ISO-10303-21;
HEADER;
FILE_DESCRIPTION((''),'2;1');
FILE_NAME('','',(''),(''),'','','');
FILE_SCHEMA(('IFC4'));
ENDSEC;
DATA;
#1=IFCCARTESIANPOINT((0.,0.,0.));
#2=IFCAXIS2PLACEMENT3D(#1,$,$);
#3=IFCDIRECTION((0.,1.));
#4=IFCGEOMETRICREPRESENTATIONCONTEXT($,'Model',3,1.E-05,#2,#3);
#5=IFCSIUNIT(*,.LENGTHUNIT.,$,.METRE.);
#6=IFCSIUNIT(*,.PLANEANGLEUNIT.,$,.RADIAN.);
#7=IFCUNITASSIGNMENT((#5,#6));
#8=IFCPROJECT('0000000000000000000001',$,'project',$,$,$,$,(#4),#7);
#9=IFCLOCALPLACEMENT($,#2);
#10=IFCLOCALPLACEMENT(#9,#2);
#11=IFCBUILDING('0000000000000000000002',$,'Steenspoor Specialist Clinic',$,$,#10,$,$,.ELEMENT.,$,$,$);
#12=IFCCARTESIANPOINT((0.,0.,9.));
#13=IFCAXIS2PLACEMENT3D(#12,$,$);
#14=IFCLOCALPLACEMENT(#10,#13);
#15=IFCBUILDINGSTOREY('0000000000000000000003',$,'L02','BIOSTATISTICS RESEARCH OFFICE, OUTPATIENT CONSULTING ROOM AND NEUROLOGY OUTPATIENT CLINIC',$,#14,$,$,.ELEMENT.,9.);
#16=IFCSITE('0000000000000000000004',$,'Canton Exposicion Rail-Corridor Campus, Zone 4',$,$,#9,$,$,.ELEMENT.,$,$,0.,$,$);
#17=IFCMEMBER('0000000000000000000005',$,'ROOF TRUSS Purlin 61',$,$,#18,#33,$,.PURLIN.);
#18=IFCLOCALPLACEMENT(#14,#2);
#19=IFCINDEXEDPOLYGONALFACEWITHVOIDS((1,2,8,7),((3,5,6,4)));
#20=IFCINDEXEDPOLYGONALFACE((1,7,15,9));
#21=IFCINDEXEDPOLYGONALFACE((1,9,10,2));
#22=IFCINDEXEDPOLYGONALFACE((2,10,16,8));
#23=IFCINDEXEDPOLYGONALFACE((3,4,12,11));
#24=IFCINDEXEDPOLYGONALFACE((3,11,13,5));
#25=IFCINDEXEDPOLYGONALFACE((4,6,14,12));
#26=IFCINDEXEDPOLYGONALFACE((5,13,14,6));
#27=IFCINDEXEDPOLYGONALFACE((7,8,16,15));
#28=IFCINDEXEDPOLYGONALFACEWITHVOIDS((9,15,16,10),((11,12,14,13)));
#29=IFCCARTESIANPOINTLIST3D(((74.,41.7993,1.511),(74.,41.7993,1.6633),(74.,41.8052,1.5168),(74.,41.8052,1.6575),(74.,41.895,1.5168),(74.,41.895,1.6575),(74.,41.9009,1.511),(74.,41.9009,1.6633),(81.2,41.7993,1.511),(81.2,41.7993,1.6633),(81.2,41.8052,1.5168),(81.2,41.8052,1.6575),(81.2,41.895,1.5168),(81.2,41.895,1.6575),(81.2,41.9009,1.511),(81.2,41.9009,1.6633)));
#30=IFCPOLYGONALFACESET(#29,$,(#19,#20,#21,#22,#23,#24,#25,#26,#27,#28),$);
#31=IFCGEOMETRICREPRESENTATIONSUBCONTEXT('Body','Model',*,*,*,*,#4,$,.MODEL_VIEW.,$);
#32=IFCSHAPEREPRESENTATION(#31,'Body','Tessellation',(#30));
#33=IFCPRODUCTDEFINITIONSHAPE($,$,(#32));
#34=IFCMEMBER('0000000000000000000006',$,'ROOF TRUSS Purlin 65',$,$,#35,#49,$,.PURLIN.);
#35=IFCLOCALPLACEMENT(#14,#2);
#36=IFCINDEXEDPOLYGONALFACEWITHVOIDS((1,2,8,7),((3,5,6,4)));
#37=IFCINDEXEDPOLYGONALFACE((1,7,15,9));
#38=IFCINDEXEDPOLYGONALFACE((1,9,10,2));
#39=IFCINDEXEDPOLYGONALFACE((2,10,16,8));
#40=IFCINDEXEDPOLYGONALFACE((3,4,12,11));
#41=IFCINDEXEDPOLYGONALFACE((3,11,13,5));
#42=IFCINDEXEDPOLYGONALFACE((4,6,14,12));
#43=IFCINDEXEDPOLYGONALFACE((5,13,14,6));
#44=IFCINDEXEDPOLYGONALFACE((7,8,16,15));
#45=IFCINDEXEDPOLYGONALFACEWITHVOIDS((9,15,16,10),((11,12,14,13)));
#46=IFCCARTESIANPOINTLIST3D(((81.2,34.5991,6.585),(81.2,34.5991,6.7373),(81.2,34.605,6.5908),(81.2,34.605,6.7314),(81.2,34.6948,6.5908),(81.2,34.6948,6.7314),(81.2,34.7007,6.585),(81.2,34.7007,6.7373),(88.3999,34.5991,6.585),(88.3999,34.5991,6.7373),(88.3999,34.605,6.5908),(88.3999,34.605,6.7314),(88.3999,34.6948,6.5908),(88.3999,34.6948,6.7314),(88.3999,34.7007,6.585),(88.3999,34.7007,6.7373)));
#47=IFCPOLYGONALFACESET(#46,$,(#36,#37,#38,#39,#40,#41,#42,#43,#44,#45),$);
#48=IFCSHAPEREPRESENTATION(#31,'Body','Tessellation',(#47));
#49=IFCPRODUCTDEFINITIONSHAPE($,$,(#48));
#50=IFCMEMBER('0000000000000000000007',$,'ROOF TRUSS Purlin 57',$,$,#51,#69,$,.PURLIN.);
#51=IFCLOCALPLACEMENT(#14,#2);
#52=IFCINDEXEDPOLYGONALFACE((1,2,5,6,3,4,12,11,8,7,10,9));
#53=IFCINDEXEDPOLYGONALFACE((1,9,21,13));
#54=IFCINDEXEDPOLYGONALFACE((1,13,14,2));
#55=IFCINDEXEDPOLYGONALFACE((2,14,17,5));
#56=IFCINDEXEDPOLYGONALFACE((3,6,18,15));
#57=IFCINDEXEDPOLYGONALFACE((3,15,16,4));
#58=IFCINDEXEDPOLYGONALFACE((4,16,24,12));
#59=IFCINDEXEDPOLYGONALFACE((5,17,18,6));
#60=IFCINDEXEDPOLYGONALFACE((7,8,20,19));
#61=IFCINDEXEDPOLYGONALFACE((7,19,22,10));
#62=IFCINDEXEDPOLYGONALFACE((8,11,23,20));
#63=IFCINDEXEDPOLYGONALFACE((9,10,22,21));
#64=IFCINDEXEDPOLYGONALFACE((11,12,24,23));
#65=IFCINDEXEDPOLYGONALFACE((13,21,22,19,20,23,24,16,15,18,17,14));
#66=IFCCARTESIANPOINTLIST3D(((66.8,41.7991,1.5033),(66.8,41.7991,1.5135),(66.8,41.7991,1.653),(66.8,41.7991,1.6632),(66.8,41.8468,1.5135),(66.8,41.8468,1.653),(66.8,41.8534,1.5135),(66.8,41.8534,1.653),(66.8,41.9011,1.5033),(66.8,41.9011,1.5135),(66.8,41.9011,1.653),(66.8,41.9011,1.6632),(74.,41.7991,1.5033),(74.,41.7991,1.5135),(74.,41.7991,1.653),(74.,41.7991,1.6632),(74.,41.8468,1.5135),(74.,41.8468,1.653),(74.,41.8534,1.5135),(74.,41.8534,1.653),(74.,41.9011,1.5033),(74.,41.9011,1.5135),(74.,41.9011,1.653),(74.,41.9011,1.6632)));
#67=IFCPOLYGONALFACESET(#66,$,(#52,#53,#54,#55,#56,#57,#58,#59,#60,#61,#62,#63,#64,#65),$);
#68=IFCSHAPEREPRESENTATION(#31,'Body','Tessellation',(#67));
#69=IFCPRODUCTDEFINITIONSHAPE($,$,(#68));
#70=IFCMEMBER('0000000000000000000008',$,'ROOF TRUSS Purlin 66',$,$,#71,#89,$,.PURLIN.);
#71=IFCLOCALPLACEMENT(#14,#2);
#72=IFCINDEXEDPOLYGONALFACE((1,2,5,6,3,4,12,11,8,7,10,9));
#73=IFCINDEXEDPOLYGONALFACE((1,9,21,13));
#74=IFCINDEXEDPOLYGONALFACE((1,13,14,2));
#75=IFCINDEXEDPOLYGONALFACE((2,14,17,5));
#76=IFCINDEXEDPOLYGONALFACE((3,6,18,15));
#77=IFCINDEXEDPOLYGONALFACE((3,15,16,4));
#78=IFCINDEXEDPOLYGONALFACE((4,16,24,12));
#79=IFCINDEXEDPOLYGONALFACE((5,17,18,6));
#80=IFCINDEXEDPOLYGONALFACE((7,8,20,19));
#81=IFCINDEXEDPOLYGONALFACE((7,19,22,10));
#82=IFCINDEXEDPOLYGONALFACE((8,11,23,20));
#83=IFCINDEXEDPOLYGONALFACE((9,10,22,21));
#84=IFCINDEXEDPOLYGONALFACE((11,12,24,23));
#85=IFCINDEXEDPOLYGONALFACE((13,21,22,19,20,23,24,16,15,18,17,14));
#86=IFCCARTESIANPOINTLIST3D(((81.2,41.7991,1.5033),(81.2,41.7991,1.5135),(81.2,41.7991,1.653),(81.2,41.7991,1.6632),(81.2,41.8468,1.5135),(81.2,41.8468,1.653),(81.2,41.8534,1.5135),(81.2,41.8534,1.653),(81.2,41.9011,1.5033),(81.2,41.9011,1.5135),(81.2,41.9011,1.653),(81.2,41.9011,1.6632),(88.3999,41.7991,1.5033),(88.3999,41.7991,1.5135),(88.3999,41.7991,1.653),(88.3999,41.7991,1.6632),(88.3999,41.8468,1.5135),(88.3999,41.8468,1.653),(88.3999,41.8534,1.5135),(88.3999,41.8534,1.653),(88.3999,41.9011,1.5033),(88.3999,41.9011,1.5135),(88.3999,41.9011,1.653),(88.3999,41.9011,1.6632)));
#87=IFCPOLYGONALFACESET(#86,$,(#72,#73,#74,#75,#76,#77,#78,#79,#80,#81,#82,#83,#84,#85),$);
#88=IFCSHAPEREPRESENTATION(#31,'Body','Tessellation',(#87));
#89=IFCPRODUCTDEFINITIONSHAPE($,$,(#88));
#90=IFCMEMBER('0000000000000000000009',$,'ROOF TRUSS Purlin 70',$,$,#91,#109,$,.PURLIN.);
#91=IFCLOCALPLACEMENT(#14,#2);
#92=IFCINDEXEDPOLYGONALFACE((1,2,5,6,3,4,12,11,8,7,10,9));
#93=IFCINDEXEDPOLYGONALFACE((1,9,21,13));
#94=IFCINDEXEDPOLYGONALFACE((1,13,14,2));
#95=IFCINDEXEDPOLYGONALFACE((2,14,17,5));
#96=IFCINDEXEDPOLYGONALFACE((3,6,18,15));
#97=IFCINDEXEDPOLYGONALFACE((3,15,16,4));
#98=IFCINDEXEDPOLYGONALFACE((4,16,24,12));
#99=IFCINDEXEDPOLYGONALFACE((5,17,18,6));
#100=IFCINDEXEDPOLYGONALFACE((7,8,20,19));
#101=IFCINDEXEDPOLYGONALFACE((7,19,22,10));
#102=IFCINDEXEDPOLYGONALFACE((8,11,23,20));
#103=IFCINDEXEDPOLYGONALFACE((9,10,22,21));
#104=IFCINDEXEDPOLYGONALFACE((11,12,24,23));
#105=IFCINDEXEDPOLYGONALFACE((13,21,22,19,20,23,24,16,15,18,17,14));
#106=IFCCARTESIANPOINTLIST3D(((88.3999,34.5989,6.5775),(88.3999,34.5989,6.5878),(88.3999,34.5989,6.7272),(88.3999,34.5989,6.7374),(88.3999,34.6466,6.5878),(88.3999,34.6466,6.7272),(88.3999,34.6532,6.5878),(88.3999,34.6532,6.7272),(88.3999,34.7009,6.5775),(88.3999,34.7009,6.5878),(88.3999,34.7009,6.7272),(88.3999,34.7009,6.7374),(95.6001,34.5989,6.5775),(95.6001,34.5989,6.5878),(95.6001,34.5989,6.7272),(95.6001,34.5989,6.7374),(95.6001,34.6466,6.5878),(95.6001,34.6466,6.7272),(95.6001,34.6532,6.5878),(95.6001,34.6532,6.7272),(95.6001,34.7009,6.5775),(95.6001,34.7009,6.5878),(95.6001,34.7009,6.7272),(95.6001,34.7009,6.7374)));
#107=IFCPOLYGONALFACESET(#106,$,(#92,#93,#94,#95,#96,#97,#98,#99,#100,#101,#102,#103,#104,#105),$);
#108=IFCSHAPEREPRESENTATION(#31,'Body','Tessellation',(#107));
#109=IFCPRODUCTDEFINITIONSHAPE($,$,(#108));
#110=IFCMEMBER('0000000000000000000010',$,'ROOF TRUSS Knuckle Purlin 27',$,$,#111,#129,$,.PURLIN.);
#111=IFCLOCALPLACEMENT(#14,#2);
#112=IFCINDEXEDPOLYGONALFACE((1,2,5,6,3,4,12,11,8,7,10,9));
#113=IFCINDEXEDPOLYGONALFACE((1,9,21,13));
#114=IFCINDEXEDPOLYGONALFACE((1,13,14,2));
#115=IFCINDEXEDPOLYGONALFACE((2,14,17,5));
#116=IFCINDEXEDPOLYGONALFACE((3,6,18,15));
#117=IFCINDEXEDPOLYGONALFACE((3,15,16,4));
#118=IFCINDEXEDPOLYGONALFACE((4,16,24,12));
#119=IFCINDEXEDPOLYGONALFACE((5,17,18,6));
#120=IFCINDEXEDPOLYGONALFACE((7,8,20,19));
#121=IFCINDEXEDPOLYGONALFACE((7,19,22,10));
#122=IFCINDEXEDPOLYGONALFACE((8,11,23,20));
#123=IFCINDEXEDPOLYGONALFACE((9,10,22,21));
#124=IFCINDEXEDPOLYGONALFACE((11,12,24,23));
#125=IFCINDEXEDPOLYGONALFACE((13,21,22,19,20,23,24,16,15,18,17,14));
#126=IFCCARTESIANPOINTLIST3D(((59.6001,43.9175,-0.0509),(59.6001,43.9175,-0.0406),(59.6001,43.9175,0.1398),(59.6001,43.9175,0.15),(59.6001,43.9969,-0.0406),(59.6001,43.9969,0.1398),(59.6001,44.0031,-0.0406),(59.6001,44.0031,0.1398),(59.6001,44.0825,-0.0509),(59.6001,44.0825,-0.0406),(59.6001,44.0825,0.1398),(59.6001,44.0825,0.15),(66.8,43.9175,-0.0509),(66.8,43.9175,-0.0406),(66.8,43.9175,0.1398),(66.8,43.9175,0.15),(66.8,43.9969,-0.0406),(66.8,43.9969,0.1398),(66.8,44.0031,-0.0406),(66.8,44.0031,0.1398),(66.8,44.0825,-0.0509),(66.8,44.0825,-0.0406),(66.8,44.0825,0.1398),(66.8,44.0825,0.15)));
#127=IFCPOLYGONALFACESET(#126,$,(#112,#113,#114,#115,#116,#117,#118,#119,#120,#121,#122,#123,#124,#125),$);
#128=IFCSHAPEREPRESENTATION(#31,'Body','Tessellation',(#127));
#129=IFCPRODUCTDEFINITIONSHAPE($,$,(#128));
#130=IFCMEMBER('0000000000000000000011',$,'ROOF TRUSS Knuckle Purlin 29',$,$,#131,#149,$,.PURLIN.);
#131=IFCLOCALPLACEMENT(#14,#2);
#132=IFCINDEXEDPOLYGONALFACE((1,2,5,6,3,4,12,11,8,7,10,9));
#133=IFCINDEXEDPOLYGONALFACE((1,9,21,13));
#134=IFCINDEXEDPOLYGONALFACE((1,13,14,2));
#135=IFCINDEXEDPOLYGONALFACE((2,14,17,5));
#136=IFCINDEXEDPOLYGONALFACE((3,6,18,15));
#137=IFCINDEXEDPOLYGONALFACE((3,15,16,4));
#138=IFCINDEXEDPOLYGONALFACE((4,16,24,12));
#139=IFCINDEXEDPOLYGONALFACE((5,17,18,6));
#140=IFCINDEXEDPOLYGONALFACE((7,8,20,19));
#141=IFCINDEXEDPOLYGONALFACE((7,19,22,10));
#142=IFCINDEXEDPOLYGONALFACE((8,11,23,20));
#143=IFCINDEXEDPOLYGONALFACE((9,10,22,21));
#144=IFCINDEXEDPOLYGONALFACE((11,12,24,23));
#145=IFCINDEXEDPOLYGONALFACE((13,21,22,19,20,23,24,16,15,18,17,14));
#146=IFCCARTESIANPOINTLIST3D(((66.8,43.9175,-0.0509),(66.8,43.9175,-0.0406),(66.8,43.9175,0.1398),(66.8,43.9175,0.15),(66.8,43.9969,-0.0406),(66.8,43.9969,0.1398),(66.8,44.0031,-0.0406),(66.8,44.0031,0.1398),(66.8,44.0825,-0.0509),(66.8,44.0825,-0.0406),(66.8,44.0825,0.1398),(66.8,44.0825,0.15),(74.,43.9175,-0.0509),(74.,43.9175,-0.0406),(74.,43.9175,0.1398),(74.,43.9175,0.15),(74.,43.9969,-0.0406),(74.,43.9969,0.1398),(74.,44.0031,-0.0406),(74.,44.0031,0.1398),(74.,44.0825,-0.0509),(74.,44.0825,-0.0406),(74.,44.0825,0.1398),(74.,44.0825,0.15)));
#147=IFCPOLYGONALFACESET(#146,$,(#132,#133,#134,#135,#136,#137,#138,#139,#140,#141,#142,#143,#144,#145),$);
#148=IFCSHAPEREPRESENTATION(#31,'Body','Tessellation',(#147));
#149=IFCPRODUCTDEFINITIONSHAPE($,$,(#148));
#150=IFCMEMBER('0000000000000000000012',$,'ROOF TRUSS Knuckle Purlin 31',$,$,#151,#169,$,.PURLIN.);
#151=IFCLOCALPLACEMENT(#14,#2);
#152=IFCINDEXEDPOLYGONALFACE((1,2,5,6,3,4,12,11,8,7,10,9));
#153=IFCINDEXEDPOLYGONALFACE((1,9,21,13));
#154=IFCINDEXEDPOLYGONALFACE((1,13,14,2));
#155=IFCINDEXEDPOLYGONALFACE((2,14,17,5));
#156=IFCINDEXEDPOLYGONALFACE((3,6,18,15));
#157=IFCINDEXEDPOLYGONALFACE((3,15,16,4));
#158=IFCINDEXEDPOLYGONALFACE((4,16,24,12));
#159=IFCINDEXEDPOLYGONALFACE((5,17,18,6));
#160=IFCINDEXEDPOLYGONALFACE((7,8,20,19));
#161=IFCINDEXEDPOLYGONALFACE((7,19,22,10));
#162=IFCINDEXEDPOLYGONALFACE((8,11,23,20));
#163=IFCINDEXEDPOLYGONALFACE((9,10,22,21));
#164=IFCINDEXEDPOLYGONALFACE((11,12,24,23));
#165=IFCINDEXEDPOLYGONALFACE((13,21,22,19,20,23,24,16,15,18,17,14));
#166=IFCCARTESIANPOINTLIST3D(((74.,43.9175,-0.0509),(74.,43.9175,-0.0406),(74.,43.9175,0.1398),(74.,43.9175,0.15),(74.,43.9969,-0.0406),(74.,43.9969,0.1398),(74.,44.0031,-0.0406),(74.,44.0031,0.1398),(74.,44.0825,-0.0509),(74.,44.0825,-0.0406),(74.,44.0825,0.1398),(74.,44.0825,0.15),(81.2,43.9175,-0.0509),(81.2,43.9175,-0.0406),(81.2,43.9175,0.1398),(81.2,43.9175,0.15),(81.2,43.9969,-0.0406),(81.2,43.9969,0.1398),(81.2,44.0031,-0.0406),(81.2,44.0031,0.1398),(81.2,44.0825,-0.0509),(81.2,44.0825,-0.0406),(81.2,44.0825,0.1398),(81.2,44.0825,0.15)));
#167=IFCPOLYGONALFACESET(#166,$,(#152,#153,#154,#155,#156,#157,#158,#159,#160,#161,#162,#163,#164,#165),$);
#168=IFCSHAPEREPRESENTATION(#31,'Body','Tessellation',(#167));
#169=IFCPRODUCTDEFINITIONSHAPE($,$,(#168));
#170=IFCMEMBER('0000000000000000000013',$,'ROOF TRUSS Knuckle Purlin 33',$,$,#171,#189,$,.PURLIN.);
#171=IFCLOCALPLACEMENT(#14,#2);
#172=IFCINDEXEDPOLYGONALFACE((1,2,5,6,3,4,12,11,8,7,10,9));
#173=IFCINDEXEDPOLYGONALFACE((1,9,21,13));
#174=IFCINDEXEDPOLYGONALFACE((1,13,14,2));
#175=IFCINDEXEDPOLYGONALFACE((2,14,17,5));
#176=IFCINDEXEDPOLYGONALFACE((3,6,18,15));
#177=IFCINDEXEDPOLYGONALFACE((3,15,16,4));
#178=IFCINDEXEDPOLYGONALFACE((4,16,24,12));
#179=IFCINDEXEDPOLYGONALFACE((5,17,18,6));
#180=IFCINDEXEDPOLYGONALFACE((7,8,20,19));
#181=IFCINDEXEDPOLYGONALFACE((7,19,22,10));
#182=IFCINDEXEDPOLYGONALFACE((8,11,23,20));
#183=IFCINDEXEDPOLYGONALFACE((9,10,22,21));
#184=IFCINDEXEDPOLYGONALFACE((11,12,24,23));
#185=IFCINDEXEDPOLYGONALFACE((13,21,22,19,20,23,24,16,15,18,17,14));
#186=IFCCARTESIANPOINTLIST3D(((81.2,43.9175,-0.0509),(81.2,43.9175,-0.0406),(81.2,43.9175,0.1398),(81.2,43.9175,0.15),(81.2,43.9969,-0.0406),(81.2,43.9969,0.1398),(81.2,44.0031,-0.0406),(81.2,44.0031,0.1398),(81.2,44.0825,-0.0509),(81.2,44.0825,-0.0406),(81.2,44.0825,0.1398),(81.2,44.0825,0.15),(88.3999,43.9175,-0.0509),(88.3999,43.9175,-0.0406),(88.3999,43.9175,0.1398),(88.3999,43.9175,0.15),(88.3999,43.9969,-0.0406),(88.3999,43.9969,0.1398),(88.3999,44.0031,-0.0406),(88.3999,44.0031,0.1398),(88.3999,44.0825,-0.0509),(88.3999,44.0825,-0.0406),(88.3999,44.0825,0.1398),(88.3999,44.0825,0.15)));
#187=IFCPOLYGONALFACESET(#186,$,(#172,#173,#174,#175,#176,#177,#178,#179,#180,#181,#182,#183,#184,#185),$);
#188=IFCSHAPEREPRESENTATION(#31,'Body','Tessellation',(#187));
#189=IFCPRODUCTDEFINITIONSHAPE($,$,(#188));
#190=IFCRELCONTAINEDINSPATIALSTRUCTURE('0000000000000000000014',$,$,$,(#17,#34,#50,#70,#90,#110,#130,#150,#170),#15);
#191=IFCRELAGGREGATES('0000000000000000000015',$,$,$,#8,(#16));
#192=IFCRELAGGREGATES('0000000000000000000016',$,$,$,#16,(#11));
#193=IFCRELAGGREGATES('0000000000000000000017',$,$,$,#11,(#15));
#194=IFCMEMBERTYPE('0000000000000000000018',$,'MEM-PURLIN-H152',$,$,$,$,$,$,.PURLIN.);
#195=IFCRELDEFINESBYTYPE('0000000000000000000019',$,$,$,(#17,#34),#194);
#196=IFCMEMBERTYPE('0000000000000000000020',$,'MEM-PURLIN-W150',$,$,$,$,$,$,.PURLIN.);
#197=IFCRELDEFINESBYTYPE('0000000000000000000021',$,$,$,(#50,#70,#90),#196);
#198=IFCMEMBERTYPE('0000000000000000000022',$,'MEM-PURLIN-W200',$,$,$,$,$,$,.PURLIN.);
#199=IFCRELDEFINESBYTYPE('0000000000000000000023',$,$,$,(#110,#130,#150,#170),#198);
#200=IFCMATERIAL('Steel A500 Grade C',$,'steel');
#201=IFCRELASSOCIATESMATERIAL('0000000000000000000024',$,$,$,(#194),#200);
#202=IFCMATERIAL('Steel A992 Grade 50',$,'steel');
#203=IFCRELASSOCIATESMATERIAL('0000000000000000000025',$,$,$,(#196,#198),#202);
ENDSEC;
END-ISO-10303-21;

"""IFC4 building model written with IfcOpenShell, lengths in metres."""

from ifc_helpers import new_model, si_unit, direction, frame, origin, origin_2d, place, context, subcontext, project, spatial, hollow_rectangle, i_section, extrude, material, material_profile, profile_set, type_object, element, save


model = new_model("IFC4")

# Units and contexts
model_context = context("Model", 3, precision=1e-05, world=origin(), true_north=direction((0.0, 1.0)))
body_context = subcontext(model_context, "Body", "Model", "MODEL_VIEW")
ifc_project = project(units=[si_unit("LENGTHUNIT", "METRE"), si_unit("PLANEANGLEUNIT", "RADIAN")], contexts=[model_context])

# Site, building, storey
site_placement = place(None, origin())
site = spatial("IfcSite", under=ifc_project, at=site_placement, Name="Canton Exposicion Rail-Corridor Campus, Zone 4", CompositionType="ELEMENT", RefElevation=0.0)
building_placement = place(site_placement, origin())
building = spatial("IfcBuilding", under=site, at=building_placement, Name="Steenspoor Specialist Clinic", CompositionType="ELEMENT")
storey_placement = place(building_placement, frame((0.0, 0.0, 9.0)))
storey = spatial("IfcBuildingStorey", under=building, at=storey_placement, Name="L02", Description="BIOSTATISTICS RESEARCH OFFICE, OUTPATIENT CONSULTING ROOM AND NEUROLOGY OUTPATIENT CLINIC", CompositionType="ELEMENT", Elevation=9.0)

# Members
ifc_material_1 = material(Name="Steel A500 Grade C", Category="steel")
ifc_material_profile_1 = material_profile(ifc_material_1, hollow_rectangle(XDim=0.1016, YDim=0.1523, WallThickness=0.0059, at=origin_2d()), Name="HSS152X102X6.4")
ifc_profile_set_1 = profile_set([ifc_material_profile_1], Name="Steel A500 Grade C")
member_type_1 = type_object("IfcMemberType", Name="MEM-PURLIN-H152", PredefinedType="PURLIN", material=ifc_profile_set_1)
for number, where, z_axis, x_axis, name in (
    (1, (74.0, 41.8501, 1.5872), (1.0, 0.0, 0.0), (0.0, 1.0, 0.0), "ROOF TRUSS Purlin 61"),
    (2, (81.2, 34.6499, 6.6611), (1.0, 0.0, 0.0), (0.0, 1.0, 0.0), "ROOF TRUSS Purlin 65"),
):
    element("IfcMember", number, at=place(storey_placement, frame(where, z_axis=z_axis, x_axis=x_axis)), inside=storey, type_object=member_type_1, Name=name, PredefinedType="PURLIN", context=body_context, shape_type="SweptSolid", body=[
        extrude(hollow_rectangle(XDim=0.1016, YDim=0.1523, WallThickness=0.0059, at=origin_2d()), origin(), (0.0, 0.0, 1.0), 7.2),
    ])
ifc_material_2 = material(Name="Steel A992 Grade 50", Category="steel")
ifc_material_profile_2 = material_profile(ifc_material_2, i_section(OverallWidth=0.1021, OverallDepth=0.1599, WebThickness=0.0066, FlangeThickness=0.0103, at=origin_2d()), Name="W150X24")
ifc_profile_set_2 = profile_set([ifc_material_profile_2], Name="Steel A992 Grade 50")
member_type_2 = type_object("IfcMemberType", Name="MEM-PURLIN-W150", PredefinedType="PURLIN", material=ifc_profile_set_2)
for number, where, z_axis, x_axis, name in (
    (3, (66.8, 41.8501, 1.5833), (1.0, 0.0, 0.0), (0.0, 1.0, 0.0), "ROOF TRUSS Purlin 57"),
    (4, (81.2, 41.8501, 1.5833), (1.0, 0.0, 0.0), (0.0, 1.0, 0.0), "ROOF TRUSS Purlin 66"),
):
    element("IfcMember", number, at=place(storey_placement, frame(where, z_axis=z_axis, x_axis=x_axis)), inside=storey, type_object=member_type_2, Name=name, PredefinedType="PURLIN", context=body_context, shape_type="SweptSolid", body=[
        extrude(i_section(OverallWidth=0.1021, OverallDepth=0.1599, WebThickness=0.0066, FlangeThickness=0.0103, at=origin_2d()), origin(), (0.0, 0.0, 1.0), 7.2),
    ])
member_1_placement = place(storey_placement, frame((88.3999, 34.6499, 6.6575), z_axis=(1.0, 0.0, 0.0), x_axis=(0.0, 1.0, 0.0)))
element("IfcMember", 5, at=member_1_placement, inside=storey, type_object=member_type_2, Name="ROOF TRUSS Purlin 70", PredefinedType="PURLIN", context=body_context, shape_type="SweptSolid", body=[
    extrude(i_section(OverallWidth=0.1021, OverallDepth=0.1599, WebThickness=0.0066, FlangeThickness=0.0103, at=origin_2d()), origin(), (0.0, 0.0, 1.0), 7.2002),
])
ifc_material_profile_3 = material_profile(ifc_material_2, i_section(OverallWidth=0.165, OverallDepth=0.2009, WebThickness=0.0061, FlangeThickness=0.0103, at=origin_2d()), Name="W200X36")
ifc_profile_set_3 = profile_set([ifc_material_profile_3], Name="Steel A992 Grade 50")
member_type_3 = type_object("IfcMemberType", Name="MEM-PURLIN-W200", PredefinedType="PURLIN", material=ifc_profile_set_3)
for number, where, z_axis, x_axis, name in (
    (6, (59.6001, 44.0, 0.0496), (1.0, 0.0, 0.0), (0.0, 1.0, 0.0), "ROOF TRUSS Knuckle Purlin 27"),
    (7, (66.8, 44.0, 0.0496), (1.0, 0.0, 0.0), (0.0, 1.0, 0.0), "ROOF TRUSS Knuckle Purlin 29"),
    (8, (74.0, 44.0, 0.0496), (1.0, 0.0, 0.0), (0.0, 1.0, 0.0), "ROOF TRUSS Knuckle Purlin 31"),
    (9, (81.2, 44.0, 0.0496), (1.0, 0.0, 0.0), (0.0, 1.0, 0.0), "ROOF TRUSS Knuckle Purlin 33"),
):
    element("IfcMember", number, at=place(storey_placement, frame(where, z_axis=z_axis, x_axis=x_axis)), inside=storey, type_object=member_type_3, Name=name, PredefinedType="PURLIN", context=body_context, shape_type="SweptSolid", body=[
        extrude(i_section(OverallWidth=0.165, OverallDepth=0.2009, WebThickness=0.0061, FlangeThickness=0.0103, at=origin_2d()), origin(), (0.0, 0.0, 1.0), 7.2),
    ])

save(model, "model.ifc")
